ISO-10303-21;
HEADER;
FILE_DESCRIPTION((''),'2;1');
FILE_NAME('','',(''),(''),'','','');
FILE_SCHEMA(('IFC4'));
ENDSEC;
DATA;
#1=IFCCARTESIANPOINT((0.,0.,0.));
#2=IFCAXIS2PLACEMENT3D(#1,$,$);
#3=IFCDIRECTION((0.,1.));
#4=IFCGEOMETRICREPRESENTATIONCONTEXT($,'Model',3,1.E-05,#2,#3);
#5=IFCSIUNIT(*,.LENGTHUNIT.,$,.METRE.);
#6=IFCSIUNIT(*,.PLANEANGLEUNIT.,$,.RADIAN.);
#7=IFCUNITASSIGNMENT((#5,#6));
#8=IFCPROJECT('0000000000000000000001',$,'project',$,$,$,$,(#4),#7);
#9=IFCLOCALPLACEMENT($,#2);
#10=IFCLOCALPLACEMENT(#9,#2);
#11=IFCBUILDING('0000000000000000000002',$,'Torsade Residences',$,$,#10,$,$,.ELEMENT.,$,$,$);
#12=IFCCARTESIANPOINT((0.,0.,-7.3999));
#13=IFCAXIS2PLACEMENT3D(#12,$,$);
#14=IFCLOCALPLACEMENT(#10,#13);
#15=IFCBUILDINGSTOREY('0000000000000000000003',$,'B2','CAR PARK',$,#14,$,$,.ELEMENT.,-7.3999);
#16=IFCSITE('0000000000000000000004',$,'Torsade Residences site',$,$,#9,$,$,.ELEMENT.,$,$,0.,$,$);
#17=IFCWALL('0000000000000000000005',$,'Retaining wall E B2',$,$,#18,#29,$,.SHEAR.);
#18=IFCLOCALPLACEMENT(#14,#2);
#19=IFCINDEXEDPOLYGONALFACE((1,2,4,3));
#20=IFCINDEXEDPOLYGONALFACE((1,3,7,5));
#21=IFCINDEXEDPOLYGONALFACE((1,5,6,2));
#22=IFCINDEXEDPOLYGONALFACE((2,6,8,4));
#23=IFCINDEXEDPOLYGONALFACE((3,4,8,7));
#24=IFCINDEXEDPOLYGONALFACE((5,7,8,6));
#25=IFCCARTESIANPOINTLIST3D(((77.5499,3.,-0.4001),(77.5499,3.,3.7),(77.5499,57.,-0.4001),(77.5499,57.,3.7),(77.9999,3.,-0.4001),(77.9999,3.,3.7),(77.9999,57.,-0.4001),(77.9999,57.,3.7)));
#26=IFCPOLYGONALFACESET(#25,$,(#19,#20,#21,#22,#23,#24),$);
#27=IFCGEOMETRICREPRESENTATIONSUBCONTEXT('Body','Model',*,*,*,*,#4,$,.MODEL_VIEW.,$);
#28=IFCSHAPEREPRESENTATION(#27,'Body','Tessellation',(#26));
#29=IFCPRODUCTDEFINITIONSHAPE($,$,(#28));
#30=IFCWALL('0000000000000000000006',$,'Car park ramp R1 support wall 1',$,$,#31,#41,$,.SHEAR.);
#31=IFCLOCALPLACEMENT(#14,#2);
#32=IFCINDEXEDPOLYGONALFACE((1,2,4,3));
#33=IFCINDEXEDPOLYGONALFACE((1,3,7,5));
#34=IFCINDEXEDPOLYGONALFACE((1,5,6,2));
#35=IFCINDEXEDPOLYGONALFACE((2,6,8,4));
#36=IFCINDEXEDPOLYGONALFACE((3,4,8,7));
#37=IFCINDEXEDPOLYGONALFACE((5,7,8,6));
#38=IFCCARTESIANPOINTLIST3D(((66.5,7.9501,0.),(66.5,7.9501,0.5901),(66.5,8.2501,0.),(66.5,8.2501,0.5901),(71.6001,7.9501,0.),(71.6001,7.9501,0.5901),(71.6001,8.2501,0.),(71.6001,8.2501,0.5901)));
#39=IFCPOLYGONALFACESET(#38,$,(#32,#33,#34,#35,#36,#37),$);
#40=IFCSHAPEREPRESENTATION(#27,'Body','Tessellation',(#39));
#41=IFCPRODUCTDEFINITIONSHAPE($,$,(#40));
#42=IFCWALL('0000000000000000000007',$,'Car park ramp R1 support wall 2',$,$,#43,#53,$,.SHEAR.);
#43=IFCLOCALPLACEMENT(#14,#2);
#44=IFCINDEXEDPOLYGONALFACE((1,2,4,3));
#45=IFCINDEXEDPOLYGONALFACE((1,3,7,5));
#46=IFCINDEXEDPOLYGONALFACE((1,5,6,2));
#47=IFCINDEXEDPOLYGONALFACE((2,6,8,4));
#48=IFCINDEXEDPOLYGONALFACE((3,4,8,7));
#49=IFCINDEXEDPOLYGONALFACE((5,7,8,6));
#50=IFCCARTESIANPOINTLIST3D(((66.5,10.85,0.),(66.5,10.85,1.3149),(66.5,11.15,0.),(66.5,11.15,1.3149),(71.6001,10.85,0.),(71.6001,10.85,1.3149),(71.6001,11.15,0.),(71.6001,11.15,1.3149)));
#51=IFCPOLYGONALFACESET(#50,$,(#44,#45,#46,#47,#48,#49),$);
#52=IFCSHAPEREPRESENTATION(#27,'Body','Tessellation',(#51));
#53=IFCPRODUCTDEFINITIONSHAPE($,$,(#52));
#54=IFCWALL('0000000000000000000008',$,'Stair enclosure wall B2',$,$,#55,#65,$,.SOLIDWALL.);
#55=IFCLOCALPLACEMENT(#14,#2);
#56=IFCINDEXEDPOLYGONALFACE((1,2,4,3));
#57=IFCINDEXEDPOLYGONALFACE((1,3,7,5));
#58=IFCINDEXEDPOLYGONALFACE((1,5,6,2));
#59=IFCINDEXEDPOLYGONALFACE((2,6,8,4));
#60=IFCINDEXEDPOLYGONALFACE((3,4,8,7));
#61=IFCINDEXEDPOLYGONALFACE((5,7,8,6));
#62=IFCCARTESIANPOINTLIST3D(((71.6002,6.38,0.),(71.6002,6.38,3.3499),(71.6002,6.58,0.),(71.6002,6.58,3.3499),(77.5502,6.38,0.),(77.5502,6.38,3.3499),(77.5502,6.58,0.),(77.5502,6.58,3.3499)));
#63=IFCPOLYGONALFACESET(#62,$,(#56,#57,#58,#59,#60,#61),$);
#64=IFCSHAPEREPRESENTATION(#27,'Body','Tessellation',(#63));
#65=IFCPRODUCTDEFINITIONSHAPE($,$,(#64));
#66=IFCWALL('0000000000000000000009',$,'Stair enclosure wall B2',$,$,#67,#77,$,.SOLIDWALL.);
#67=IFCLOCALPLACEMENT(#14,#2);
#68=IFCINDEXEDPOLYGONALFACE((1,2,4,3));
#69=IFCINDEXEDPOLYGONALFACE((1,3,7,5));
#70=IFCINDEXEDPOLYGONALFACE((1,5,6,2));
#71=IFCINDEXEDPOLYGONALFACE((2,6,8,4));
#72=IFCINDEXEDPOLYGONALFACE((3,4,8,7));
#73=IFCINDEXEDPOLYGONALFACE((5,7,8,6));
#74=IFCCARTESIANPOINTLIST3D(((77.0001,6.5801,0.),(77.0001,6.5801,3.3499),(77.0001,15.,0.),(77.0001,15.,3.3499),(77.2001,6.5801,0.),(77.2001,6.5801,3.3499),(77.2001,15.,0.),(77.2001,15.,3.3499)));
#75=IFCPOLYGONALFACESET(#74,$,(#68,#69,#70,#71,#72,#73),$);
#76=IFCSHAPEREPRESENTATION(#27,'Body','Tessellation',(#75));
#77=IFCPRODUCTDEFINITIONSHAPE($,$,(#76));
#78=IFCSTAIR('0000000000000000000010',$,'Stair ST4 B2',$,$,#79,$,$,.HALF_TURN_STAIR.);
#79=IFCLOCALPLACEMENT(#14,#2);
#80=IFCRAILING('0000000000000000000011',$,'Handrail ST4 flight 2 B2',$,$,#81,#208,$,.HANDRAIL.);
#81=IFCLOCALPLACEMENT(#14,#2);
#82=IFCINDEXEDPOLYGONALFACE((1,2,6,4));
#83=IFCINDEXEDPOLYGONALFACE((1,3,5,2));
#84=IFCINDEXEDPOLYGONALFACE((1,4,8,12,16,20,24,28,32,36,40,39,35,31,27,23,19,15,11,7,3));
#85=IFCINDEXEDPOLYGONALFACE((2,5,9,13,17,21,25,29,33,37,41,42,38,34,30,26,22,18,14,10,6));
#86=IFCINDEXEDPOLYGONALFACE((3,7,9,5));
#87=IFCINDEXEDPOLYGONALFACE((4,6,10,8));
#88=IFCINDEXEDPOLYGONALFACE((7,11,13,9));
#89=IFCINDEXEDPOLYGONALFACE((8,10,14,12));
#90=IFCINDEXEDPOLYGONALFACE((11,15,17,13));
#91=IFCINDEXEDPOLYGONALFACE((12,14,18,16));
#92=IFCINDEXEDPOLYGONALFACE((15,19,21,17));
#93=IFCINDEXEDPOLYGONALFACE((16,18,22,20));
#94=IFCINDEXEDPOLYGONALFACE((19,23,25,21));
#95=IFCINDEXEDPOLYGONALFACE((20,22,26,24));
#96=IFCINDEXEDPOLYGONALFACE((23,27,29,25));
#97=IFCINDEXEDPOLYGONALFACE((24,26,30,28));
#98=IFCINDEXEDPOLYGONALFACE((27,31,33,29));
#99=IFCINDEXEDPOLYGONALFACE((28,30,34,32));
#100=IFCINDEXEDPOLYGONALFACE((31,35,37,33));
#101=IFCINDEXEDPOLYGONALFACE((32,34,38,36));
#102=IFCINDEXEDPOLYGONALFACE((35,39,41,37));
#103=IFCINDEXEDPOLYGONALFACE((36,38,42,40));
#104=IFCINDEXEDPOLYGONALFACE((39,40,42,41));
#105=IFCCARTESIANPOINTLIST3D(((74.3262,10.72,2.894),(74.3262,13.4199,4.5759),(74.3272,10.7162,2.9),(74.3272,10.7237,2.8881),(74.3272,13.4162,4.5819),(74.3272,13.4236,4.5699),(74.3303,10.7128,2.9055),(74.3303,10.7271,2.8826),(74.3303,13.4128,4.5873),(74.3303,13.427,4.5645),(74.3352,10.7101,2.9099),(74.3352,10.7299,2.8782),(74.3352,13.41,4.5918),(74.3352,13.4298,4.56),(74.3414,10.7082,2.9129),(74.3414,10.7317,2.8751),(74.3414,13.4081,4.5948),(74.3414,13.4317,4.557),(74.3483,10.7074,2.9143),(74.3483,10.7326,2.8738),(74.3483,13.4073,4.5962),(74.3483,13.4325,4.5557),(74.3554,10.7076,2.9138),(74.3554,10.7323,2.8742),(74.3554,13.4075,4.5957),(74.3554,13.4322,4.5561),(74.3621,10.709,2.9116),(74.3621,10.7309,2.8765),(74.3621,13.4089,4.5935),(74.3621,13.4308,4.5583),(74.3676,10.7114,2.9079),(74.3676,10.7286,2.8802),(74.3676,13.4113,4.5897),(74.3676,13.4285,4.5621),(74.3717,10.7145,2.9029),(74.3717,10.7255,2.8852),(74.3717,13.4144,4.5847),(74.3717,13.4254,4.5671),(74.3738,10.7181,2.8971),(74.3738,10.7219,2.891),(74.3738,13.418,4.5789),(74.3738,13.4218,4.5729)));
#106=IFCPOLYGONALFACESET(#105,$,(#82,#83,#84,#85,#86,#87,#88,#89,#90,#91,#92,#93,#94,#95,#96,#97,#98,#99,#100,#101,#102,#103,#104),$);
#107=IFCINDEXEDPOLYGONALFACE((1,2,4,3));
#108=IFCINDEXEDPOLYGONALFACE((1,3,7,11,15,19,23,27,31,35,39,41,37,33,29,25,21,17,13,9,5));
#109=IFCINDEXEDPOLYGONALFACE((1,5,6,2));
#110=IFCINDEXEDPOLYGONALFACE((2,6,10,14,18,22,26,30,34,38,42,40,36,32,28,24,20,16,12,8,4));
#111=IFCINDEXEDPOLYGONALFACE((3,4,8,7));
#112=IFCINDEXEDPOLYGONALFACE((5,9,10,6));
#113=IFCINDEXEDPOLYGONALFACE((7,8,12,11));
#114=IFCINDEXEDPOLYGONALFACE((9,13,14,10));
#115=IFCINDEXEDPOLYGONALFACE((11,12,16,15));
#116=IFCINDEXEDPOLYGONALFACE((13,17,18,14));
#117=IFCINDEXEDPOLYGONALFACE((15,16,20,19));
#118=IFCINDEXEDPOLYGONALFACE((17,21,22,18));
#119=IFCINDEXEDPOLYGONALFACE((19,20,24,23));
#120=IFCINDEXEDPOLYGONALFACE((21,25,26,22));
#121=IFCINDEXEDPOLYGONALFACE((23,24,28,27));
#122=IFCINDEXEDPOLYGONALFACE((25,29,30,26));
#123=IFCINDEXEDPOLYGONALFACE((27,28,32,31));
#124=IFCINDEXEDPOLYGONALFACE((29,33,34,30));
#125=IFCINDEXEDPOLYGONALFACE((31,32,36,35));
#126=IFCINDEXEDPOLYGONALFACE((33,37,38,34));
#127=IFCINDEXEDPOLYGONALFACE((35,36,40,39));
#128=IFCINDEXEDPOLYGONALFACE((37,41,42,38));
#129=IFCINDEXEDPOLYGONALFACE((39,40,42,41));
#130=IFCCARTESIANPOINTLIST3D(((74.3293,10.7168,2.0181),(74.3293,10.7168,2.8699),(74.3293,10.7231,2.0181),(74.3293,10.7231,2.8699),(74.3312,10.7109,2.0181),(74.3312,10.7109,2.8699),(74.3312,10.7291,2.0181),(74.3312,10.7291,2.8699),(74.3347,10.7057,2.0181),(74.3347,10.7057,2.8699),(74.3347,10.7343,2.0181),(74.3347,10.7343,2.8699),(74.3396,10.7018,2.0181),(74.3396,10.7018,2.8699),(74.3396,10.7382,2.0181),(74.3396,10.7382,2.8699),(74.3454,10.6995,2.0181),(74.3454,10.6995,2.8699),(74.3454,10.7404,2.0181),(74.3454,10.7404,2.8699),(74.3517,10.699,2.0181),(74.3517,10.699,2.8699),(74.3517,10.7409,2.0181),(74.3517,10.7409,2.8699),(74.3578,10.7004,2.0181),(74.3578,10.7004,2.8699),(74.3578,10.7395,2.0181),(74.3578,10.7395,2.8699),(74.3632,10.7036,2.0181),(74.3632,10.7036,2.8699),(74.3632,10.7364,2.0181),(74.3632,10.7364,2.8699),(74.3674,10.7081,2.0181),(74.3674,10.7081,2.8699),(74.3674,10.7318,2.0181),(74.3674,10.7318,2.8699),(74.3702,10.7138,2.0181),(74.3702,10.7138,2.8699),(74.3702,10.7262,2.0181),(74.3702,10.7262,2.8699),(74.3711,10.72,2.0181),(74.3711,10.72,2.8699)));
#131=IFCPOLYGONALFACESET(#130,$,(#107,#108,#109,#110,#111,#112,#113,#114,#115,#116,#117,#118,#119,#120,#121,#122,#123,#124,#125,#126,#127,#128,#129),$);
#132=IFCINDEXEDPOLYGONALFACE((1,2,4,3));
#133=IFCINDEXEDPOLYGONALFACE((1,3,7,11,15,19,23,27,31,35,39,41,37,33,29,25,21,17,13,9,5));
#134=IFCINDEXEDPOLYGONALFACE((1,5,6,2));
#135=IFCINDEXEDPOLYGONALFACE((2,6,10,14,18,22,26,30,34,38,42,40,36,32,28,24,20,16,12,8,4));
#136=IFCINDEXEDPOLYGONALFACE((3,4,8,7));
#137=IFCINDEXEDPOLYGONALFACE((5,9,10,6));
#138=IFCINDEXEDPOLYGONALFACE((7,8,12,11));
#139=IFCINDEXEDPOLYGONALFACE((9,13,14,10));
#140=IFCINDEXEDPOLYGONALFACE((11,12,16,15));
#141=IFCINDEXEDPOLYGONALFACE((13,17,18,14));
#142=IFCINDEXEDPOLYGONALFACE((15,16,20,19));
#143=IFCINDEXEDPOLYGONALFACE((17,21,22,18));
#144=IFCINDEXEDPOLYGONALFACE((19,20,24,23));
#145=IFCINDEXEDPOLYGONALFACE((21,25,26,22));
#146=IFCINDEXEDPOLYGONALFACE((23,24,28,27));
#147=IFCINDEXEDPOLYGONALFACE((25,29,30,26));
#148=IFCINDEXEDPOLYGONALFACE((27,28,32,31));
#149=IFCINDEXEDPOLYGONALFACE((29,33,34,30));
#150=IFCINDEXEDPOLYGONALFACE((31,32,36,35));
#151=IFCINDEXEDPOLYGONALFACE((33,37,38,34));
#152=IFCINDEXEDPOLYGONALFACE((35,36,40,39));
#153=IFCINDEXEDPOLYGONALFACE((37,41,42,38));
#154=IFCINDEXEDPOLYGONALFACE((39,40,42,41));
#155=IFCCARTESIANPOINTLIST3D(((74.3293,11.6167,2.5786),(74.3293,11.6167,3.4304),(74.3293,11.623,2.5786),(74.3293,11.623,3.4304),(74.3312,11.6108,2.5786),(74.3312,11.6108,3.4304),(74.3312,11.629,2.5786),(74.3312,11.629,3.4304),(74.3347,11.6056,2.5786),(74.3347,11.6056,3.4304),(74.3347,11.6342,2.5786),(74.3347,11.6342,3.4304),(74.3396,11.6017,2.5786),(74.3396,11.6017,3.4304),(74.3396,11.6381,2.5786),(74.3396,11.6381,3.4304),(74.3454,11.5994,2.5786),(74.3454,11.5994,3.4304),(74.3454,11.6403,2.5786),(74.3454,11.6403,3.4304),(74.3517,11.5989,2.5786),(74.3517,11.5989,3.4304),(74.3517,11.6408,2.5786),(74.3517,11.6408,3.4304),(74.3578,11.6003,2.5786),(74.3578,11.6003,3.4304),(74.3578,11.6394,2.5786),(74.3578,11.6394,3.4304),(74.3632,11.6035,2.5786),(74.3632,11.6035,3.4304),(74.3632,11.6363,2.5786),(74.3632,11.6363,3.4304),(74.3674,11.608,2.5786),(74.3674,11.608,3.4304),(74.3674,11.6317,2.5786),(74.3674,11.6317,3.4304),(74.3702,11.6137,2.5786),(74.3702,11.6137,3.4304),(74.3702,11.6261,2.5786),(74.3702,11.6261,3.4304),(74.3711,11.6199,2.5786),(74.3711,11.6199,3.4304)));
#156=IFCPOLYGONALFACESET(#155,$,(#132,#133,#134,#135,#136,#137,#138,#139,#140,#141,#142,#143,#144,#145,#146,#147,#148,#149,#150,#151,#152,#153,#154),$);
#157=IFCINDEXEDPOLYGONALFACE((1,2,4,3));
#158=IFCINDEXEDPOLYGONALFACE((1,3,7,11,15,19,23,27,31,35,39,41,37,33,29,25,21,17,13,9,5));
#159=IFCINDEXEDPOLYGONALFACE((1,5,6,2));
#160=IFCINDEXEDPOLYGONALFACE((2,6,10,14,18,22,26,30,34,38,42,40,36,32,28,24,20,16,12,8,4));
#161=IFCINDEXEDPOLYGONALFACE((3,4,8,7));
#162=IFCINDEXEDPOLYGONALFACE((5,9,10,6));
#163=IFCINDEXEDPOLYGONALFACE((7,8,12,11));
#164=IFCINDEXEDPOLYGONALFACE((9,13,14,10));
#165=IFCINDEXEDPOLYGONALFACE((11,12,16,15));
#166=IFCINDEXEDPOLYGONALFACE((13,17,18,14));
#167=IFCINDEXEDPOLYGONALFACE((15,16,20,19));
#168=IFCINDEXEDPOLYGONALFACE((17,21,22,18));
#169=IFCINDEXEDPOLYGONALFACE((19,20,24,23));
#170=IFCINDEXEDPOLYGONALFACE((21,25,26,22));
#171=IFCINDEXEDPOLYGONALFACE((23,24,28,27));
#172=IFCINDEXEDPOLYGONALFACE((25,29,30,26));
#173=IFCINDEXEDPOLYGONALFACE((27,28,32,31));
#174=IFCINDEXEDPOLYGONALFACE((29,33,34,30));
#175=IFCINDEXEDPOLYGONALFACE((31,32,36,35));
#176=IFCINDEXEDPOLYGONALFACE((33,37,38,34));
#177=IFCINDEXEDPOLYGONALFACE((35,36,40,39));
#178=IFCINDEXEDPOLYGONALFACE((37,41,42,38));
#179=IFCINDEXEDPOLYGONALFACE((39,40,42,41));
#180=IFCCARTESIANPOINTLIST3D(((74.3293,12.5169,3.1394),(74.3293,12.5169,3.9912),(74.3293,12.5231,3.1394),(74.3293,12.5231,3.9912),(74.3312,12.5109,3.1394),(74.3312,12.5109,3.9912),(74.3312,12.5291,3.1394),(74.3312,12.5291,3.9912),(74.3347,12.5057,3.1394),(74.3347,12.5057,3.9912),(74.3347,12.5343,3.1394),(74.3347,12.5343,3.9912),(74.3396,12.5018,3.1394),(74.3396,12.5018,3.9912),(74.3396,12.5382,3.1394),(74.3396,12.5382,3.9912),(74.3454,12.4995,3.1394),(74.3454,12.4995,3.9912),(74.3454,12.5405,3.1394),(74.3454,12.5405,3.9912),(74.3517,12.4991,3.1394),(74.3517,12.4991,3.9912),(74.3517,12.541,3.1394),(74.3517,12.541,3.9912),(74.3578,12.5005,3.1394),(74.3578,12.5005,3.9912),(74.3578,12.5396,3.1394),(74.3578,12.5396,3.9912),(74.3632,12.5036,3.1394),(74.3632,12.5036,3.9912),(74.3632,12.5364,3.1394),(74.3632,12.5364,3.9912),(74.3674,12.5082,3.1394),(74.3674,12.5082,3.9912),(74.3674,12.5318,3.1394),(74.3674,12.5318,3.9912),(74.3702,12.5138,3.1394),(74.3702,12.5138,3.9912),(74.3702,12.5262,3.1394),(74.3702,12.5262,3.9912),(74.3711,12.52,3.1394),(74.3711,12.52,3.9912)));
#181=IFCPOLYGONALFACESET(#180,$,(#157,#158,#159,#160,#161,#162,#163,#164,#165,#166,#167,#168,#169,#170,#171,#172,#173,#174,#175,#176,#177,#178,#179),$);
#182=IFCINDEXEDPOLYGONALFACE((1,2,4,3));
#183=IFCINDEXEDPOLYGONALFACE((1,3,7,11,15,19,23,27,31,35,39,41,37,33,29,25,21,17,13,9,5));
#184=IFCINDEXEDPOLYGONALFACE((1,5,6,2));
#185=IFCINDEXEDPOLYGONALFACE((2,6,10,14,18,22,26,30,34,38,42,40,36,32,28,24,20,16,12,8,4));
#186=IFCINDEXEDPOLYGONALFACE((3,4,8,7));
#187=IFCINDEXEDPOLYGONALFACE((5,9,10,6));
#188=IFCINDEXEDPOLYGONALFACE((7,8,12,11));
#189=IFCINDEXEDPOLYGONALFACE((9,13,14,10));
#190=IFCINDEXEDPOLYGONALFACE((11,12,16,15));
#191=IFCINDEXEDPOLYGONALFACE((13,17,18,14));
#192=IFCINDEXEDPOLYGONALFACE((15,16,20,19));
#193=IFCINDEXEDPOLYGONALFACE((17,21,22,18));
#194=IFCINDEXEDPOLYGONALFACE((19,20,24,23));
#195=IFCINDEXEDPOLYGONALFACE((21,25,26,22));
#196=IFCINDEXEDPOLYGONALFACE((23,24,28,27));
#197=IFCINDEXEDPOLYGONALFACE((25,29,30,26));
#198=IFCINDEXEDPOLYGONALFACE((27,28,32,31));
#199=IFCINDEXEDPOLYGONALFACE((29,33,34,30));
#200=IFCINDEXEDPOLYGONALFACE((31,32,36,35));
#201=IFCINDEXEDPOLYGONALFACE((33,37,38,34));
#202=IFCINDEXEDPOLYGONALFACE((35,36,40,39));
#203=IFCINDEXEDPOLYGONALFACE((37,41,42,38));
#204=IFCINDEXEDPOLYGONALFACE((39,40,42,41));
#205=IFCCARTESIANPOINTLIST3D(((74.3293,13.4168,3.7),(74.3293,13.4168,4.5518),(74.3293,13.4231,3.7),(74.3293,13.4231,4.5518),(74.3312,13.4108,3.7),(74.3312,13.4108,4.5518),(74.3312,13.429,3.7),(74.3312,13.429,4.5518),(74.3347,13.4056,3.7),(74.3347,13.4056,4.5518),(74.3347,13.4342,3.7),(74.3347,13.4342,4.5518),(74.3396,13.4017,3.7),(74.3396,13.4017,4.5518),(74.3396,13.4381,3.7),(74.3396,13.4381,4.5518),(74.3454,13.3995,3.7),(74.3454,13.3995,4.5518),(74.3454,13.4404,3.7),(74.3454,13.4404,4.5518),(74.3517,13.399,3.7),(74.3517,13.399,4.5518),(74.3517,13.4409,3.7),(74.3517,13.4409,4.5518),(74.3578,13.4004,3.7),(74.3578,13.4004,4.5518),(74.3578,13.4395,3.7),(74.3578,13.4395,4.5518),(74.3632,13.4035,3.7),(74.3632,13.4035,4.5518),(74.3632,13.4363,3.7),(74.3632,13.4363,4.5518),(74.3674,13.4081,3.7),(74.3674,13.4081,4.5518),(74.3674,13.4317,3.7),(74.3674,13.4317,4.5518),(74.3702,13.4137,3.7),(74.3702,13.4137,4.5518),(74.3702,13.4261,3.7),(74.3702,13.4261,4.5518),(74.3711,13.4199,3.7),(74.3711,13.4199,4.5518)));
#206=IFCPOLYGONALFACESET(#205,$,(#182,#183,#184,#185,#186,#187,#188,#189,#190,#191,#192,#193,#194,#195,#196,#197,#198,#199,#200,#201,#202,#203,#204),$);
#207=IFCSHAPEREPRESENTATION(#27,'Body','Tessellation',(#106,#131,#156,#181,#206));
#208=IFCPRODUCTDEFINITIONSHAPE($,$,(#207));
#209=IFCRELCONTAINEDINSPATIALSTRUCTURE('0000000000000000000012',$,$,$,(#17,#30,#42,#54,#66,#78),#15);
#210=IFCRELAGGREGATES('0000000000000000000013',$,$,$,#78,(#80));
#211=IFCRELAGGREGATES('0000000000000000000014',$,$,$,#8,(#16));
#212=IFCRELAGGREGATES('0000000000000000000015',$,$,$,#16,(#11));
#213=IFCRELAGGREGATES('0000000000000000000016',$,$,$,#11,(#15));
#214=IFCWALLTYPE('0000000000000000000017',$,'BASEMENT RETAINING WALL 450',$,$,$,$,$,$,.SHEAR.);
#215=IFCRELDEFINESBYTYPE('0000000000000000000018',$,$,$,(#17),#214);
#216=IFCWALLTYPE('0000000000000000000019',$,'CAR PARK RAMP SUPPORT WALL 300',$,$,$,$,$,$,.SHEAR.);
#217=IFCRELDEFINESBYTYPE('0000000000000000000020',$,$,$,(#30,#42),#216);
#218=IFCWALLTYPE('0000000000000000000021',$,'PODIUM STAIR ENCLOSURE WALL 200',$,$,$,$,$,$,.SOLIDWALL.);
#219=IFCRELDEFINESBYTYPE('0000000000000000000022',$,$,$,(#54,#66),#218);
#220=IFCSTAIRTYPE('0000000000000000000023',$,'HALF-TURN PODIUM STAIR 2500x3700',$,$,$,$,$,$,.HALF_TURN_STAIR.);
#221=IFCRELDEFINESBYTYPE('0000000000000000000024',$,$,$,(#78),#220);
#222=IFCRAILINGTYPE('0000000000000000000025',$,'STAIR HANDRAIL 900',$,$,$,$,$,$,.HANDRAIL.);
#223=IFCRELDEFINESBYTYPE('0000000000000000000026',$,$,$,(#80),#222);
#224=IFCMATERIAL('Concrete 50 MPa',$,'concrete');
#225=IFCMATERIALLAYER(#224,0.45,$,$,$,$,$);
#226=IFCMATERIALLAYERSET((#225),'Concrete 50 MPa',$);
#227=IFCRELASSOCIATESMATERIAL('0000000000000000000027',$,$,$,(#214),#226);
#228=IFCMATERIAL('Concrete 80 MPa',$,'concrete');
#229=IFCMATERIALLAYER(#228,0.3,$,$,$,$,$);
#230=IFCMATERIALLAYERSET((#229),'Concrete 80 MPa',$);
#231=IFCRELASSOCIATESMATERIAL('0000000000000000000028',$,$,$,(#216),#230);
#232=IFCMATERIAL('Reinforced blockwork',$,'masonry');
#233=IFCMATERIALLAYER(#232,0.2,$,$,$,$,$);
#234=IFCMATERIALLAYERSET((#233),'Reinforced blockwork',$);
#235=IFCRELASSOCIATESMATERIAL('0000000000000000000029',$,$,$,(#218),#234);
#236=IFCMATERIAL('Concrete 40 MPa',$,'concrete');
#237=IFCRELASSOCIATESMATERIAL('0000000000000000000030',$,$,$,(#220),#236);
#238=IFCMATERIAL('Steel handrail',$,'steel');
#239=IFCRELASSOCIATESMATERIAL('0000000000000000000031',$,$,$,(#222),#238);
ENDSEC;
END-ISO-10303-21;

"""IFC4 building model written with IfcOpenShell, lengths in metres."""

from ifc_helpers import new_model, si_unit, direction, frame, frame_2d, origin, origin_2d, place, context, subcontext, project, spatial, rectangle, circle, extrude, material, layer, layer_set, type_object, element, aggregate, save


model = new_model("IFC4")

# Units and contexts
model_context = context("Model", 3, precision=1e-05, world=origin(), true_north=direction((0.0, 1.0)))
body_context = subcontext(model_context, "Body", "Model", "MODEL_VIEW")
ifc_project = project(units=[si_unit("LENGTHUNIT", "METRE"), si_unit("PLANEANGLEUNIT", "RADIAN")], contexts=[model_context])

# Site, building, storey
site_placement = place(None, origin())
site = spatial("IfcSite", under=ifc_project, at=site_placement, Name="Torsade Residences site", CompositionType="ELEMENT", RefElevation=0.0)
building_placement = place(site_placement, origin())
building = spatial("IfcBuilding", under=site, at=building_placement, Name="Torsade Residences", CompositionType="ELEMENT")
storey_placement = place(building_placement, frame((0.0, 0.0, -7.3999)))
storey = spatial("IfcBuildingStorey", under=building, at=storey_placement, Name="B2", Description="CAR PARK", CompositionType="ELEMENT", Elevation=-7.3999)

# Walls
ifc_material_1 = material(Name="Concrete 50 MPa", Category="concrete")
ifc_layer_1 = layer(ifc_material_1, 0.45)
ifc_layer_set_1 = layer_set([ifc_layer_1], Name="Concrete 50 MPa")
wall_type_1 = type_object("IfcWallType", Name="BASEMENT RETAINING WALL 450", PredefinedType="SHEAR", material=ifc_layer_set_1)
wall_1_placement = place(storey_placement, frame((77.7749, 3.0, -0.4001), z_axis=(0.0, 0.0, 1.0), x_axis=(0.0, 1.0, 0.0)))
element("IfcWall", 1, at=wall_1_placement, inside=storey, type_object=wall_type_1, Name="Retaining wall E B2", PredefinedType="SHEAR", context=body_context, shape_type="SweptSolid", body=[
    extrude(rectangle(XDim=54.0, YDim=0.45, at=frame_2d((27.0, 0.0))), origin(), (0.0, 0.0, 1.0), 4.1001),
])
ifc_material_2 = material(Name="Concrete 80 MPa", Category="concrete")
ifc_layer_2 = layer(ifc_material_2, 0.3)
ifc_layer_set_2 = layer_set([ifc_layer_2], Name="Concrete 80 MPa")
wall_type_2 = type_object("IfcWallType", Name="CAR PARK RAMP SUPPORT WALL 300", PredefinedType="SHEAR", material=ifc_layer_set_2)
wall_2_placement = place(storey_placement, frame((66.5, 8.1001, 0.0), z_axis=(0.0, 0.0, 1.0), x_axis=(1.0, 0.0, 0.0)))
element("IfcWall", 2, at=wall_2_placement, inside=storey, type_object=wall_type_2, Name="Car park ramp R1 support wall 1", PredefinedType="SHEAR", context=body_context, shape_type="SweptSolid", body=[
    extrude(rectangle(XDim=5.1001, YDim=0.3, at=frame_2d((2.55, 0.0))), origin(), (0.0, 0.0, 1.0), 0.5901),
])
wall_3_placement = place(storey_placement, frame((66.5, 11.0, 0.0), z_axis=(0.0, 0.0, 1.0), x_axis=(1.0, 0.0, 0.0)))
element("IfcWall", 3, at=wall_3_placement, inside=storey, type_object=wall_type_2, Name="Car park ramp R1 support wall 2", PredefinedType="SHEAR", context=body_context, shape_type="SweptSolid", body=[
    extrude(rectangle(XDim=5.1001, YDim=0.3, at=frame_2d((2.55, 0.0))), origin(), (0.0, 0.0, 1.0), 1.3149),
])
ifc_material_3 = material(Name="Reinforced blockwork", Category="masonry")
ifc_layer_3 = layer(ifc_material_3, 0.2)
ifc_layer_set_3 = layer_set([ifc_layer_3], Name="Reinforced blockwork")
wall_type_3 = type_object("IfcWallType", Name="PODIUM STAIR ENCLOSURE WALL 200", PredefinedType="SOLIDWALL", material=ifc_layer_set_3)
wall_4_placement = place(storey_placement, frame((71.6001, 6.48, 0.0), z_axis=(0.0, 0.0, 1.0), x_axis=(1.0, 0.0, 0.0)))
element("IfcWall", 4, at=wall_4_placement, inside=storey, type_object=wall_type_3, Name="Stair enclosure wall B2", PredefinedType="SOLIDWALL", context=body_context, shape_type="SweptSolid", body=[
    extrude(rectangle(XDim=5.95, YDim=0.2, at=frame_2d((2.9751, 0.0))), origin(), (0.0, 0.0, 1.0), 3.3499),
])
wall_5_placement = place(storey_placement, frame((77.1001, 6.5801, 0.0), z_axis=(0.0, 0.0, 1.0), x_axis=(0.0, 1.0, 0.0)))
element("IfcWall", 5, at=wall_5_placement, inside=storey, type_object=wall_type_3, Name="Stair enclosure wall B2", PredefinedType="SOLIDWALL", context=body_context, shape_type="SweptSolid", body=[
    extrude(rectangle(XDim=8.4199, YDim=0.2, at=frame_2d((4.21, 0.0))), origin(), (0.0, 0.0, 1.0), 3.3499),
])

# Stair, railing
ifc_material_4 = material(Name="Concrete 40 MPa", Category="concrete")
stair_type = type_object("IfcStairType", Name="HALF-TURN PODIUM STAIR 2500x3700", PredefinedType="HALF_TURN_STAIR", material=ifc_material_4)
stair_placement = place(storey_placement, origin())
stair = element("IfcStair", 6, at=stair_placement, inside=storey, type_object=stair_type, Name="Stair ST4 B2", PredefinedType="HALF_TURN_STAIR")
ifc_material_5 = material(Name="Steel handrail", Category="steel")
railing_type_1 = type_object("IfcRailingType", Name="STAIR HANDRAIL 900", PredefinedType="HANDRAIL", material=ifc_material_5)
railing_1_placement = place(storey_placement, frame((74.3501, 10.72, 2.0181)))
railing_1 = element("IfcRailing", 7, at=railing_1_placement, type_object=railing_type_1, Name="Handrail ST4 flight 2 B2", PredefinedType="HANDRAIL", context=body_context, shape_type="SweptSolid", body=[
    extrude(circle(Radius=0.0239, at=origin_2d()), frame((0.0, 0.0, 0.876), z_axis=(0.0, 0.848786, 0.528736), x_axis=(-1.0, 0.0, 0.0)), (0.0, 0.0, 1.0), 3.1809),
    extrude(circle(Radius=0.021, at=origin_2d()), origin(), (0.0, 0.0, 1.0), 0.8518),
    extrude(circle(Radius=0.021, at=origin_2d()), frame((0.0, 0.8999, 0.5605)), (0.0, 0.0, 1.0), 0.8518),
    extrude(circle(Radius=0.021, at=origin_2d()), frame((0.0, 1.8, 1.1213)), (0.0, 0.0, 1.0), 0.8518),
    extrude(circle(Radius=0.021, at=origin_2d()), frame((0.0, 2.7, 1.6819)), (0.0, 0.0, 1.0), 0.8518),
])
aggregate(stair, [railing_1])

save(model, "model.ifc")
